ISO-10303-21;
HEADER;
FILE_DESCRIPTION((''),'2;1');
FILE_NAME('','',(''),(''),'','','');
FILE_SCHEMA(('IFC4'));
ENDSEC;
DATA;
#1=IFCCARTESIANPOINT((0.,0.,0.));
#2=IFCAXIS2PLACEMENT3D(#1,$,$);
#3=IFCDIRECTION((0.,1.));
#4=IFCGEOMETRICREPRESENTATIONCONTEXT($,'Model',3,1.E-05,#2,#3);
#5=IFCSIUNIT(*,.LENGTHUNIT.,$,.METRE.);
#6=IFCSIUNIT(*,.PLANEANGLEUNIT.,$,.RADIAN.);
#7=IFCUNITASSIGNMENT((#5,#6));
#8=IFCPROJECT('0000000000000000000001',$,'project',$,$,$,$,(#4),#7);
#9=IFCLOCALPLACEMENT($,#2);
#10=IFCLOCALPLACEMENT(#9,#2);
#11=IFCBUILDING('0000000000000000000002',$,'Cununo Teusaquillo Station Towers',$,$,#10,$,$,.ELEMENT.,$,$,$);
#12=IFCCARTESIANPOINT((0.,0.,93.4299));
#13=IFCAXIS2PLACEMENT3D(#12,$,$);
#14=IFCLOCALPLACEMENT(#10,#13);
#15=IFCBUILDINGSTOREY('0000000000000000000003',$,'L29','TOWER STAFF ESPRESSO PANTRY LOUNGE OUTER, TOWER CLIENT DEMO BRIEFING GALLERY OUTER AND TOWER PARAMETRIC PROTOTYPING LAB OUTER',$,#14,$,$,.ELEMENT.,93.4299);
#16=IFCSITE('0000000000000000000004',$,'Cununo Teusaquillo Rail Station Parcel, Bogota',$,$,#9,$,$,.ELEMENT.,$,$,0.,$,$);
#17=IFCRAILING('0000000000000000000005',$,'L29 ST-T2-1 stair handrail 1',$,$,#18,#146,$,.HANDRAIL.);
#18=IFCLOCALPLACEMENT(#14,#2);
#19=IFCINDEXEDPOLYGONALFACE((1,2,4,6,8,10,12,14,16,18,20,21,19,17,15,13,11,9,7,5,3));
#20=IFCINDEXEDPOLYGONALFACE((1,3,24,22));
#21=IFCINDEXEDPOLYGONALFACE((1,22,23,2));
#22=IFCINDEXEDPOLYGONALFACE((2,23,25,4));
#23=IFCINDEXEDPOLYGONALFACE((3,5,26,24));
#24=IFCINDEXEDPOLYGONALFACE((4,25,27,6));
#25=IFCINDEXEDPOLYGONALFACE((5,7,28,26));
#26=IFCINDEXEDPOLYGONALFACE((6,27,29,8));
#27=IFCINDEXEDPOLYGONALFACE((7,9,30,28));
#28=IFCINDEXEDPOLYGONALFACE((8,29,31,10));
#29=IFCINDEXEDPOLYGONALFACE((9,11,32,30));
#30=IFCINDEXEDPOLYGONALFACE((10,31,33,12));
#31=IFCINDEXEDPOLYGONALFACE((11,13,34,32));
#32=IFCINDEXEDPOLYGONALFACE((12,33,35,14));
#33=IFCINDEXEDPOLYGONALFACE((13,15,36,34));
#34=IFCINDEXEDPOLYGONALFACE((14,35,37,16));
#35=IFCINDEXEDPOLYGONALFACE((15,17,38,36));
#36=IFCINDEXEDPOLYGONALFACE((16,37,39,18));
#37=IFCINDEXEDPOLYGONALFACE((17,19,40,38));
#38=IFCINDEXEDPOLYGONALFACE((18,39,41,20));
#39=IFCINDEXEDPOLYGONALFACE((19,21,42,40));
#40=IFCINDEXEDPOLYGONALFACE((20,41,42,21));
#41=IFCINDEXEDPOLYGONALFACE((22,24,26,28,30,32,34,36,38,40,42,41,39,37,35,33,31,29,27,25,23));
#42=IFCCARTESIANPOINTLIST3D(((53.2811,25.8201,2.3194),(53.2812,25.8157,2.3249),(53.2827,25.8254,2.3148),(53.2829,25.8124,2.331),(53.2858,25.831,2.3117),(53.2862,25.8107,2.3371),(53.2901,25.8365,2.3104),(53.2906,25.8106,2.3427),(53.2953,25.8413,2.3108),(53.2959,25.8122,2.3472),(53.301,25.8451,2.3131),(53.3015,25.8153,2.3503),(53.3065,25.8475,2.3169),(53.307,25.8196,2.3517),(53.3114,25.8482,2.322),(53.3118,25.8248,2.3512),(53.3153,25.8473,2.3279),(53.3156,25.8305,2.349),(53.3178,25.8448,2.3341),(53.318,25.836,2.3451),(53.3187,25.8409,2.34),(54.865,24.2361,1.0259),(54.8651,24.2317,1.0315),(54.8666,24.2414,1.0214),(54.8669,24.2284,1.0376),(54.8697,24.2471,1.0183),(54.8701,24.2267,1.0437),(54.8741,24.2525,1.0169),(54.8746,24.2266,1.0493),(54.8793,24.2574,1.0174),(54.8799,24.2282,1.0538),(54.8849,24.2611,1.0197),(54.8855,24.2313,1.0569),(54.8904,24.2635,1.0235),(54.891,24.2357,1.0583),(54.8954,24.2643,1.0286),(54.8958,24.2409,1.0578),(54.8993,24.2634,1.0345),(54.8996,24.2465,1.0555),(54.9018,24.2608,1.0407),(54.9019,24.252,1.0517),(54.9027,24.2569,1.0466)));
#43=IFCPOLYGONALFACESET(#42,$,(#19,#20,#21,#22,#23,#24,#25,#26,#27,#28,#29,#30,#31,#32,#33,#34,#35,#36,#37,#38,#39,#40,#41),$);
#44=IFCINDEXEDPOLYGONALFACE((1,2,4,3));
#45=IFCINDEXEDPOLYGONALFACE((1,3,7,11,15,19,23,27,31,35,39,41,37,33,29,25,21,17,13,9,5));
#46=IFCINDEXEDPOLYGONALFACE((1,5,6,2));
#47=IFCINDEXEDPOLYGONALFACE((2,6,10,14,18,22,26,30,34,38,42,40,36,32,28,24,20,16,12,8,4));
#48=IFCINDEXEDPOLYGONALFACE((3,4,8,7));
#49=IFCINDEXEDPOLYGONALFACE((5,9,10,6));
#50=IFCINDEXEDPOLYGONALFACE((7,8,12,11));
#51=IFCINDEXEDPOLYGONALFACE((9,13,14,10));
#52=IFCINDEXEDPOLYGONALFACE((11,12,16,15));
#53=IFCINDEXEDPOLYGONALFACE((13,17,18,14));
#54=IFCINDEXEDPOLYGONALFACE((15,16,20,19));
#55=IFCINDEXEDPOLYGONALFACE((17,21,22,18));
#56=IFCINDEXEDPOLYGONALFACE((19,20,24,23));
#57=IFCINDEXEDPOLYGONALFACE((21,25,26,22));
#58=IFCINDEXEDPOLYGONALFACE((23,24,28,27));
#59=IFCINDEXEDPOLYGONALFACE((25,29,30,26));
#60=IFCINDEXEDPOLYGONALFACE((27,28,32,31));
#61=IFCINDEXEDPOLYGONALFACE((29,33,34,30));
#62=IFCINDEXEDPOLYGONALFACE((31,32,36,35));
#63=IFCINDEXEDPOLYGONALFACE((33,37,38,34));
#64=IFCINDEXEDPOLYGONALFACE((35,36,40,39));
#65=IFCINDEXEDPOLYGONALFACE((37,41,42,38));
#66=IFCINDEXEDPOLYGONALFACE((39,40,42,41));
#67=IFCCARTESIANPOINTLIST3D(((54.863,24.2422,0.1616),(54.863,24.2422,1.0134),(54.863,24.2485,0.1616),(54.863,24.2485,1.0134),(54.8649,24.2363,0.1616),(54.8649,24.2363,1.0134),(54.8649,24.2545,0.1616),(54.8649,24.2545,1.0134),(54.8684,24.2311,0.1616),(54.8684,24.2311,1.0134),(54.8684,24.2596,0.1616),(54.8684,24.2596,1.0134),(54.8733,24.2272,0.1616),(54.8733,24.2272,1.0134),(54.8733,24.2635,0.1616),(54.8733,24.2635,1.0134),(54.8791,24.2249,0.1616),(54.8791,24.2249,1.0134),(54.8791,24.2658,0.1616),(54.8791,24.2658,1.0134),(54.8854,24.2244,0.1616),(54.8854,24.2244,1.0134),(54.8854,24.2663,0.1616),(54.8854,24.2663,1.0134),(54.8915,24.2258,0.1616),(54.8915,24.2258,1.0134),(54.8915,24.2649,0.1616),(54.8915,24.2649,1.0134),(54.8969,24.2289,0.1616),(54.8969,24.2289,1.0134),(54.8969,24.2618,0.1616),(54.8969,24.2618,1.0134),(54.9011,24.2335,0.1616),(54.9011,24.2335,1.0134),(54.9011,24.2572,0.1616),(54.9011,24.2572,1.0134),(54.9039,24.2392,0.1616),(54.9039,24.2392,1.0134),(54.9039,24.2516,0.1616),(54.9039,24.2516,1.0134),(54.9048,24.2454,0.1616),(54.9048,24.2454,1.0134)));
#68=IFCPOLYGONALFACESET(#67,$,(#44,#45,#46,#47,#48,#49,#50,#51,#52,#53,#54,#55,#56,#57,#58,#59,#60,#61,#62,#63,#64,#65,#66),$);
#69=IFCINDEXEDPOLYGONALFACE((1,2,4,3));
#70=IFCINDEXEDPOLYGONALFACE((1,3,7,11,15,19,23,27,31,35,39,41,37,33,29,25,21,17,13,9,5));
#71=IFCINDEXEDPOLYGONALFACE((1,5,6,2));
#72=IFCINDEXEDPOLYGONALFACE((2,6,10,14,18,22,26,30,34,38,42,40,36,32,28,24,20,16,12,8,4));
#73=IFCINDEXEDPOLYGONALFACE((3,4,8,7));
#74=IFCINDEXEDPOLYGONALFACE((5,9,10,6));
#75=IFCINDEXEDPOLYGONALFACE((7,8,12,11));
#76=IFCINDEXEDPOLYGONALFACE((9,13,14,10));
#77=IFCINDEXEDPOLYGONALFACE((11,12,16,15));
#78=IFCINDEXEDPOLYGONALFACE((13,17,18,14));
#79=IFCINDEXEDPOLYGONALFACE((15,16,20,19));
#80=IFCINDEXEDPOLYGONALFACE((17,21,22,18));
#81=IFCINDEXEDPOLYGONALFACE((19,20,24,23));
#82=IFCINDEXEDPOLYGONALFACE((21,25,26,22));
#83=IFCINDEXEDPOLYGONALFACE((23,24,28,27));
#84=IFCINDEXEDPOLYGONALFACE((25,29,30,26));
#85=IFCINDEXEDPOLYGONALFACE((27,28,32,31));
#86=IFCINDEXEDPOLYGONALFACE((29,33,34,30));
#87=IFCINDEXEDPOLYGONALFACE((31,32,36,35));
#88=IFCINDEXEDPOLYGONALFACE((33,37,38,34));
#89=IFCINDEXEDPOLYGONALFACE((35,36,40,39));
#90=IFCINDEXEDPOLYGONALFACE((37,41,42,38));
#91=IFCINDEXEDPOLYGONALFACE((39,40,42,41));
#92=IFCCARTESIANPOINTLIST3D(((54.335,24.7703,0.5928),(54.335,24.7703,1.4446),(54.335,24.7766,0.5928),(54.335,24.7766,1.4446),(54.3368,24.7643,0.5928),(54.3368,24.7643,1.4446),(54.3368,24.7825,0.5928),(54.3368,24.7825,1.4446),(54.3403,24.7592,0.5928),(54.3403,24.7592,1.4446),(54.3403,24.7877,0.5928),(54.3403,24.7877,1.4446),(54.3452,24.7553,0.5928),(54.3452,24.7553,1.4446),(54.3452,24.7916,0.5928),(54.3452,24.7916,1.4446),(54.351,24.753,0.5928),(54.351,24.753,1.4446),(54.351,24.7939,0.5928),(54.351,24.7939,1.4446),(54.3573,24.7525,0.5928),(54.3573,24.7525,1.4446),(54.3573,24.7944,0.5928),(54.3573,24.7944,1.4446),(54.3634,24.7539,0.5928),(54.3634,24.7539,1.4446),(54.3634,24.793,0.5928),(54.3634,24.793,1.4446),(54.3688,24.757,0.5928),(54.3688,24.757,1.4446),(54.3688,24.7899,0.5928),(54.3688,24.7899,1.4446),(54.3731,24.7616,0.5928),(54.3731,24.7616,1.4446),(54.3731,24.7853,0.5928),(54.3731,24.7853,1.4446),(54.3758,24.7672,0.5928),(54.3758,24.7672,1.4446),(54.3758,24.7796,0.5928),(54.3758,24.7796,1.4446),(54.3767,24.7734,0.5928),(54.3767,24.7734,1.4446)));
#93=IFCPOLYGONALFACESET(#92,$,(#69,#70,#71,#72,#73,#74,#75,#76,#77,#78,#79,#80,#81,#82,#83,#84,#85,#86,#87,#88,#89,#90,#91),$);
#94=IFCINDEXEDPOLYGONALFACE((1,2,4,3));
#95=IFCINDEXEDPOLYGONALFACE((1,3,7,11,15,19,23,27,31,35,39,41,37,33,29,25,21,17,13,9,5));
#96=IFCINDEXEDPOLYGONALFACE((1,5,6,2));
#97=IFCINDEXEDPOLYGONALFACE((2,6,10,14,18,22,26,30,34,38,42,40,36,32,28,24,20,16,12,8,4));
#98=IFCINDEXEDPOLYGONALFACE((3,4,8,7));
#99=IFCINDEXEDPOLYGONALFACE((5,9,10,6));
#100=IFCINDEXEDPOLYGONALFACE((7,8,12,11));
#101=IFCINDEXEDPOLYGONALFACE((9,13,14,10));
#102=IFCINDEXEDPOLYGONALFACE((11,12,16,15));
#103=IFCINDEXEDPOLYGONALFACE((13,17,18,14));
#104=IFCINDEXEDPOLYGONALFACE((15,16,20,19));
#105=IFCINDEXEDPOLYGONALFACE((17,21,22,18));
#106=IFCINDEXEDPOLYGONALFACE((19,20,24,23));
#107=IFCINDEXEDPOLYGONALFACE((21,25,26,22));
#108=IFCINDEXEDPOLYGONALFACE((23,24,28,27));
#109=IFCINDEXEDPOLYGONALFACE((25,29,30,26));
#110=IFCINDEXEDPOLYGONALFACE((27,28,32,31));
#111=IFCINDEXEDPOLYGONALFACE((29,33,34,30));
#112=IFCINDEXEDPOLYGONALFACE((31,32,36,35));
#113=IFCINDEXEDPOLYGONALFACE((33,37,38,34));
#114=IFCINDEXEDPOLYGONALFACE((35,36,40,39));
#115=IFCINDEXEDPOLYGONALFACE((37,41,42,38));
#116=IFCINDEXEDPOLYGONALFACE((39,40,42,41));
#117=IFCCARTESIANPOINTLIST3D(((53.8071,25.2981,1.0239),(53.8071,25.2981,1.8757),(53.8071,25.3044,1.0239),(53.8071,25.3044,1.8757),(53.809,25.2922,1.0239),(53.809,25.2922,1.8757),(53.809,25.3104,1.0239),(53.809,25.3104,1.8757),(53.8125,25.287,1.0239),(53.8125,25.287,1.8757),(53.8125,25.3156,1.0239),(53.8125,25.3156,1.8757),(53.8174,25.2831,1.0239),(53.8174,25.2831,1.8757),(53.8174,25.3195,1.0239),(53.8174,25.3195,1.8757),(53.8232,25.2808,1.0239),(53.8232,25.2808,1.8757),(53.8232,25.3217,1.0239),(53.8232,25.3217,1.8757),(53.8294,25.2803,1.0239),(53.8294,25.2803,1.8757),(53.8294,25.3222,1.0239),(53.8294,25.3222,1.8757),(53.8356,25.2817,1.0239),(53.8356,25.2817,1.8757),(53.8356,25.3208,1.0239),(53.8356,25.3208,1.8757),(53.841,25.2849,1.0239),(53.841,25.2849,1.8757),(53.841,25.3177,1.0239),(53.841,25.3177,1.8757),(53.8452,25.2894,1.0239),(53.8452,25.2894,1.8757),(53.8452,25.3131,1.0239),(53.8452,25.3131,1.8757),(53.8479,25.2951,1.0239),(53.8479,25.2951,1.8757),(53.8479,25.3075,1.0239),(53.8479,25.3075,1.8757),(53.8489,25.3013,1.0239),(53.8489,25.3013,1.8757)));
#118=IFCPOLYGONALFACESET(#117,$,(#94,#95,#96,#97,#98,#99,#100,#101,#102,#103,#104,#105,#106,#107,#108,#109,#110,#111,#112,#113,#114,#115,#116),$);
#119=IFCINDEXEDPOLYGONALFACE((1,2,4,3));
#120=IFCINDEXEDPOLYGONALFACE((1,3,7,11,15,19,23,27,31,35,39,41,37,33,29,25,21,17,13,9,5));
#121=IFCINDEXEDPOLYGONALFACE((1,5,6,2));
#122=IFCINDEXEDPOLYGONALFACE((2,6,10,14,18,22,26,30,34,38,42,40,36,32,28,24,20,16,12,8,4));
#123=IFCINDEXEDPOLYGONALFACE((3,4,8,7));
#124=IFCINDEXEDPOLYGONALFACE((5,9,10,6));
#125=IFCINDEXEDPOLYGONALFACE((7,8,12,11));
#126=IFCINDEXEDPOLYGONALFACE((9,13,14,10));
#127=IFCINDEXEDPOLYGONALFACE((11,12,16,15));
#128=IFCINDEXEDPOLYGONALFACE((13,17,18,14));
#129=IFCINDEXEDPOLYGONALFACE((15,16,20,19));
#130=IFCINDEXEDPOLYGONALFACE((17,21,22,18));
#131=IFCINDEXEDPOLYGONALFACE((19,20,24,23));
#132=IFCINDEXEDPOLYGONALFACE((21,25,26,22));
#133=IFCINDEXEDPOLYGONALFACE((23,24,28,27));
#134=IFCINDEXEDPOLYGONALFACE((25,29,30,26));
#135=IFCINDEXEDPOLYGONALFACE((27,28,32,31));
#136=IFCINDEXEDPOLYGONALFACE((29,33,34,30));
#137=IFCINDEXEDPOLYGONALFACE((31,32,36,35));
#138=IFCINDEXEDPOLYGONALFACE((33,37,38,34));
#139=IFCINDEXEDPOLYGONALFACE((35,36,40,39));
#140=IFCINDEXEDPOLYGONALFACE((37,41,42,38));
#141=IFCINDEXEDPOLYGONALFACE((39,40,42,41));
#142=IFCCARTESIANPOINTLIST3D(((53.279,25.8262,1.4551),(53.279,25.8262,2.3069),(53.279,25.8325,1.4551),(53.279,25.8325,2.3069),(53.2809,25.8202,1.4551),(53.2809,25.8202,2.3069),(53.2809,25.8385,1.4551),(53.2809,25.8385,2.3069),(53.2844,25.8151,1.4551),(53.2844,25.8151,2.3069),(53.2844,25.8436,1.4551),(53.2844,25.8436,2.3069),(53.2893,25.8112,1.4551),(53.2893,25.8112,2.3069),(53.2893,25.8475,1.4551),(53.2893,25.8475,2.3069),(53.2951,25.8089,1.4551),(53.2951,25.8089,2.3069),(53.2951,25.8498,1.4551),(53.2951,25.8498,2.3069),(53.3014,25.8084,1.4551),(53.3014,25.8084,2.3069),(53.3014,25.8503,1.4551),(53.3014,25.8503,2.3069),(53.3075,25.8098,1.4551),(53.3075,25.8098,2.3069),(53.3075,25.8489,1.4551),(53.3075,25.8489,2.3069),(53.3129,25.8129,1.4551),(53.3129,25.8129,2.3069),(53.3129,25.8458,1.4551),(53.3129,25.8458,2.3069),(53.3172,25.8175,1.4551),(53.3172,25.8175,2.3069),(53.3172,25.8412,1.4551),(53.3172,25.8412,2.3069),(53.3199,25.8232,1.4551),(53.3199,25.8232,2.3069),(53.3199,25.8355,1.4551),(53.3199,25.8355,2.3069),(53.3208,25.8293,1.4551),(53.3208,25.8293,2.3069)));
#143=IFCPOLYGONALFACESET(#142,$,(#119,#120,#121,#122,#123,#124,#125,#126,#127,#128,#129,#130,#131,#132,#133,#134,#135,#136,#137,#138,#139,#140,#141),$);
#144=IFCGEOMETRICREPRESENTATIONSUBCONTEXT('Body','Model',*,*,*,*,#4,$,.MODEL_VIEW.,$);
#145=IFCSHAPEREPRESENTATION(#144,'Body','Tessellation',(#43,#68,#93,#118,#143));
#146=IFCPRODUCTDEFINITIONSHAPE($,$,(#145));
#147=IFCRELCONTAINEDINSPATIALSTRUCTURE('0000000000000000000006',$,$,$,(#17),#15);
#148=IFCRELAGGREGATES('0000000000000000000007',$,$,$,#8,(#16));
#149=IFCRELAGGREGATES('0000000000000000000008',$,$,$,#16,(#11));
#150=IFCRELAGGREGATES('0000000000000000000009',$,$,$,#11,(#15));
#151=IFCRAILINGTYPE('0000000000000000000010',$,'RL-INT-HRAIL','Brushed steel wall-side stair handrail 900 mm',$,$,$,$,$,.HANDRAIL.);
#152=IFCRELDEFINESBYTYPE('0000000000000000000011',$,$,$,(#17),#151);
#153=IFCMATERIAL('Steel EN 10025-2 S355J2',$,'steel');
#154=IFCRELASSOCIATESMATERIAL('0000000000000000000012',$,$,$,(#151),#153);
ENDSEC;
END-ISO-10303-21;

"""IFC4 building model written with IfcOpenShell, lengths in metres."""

from ifc_helpers import new_model, si_unit, direction, frame, origin, origin_2d, place, context, subcontext, project, spatial, circle, extrude, material, type_object, element, save


model = new_model("IFC4")

# Units and contexts
model_context = context("Model", 3, precision=1e-05, world=origin(), true_north=direction((0.0, 1.0)))
body_context = subcontext(model_context, "Body", "Model", "MODEL_VIEW")
ifc_project = project(units=[si_unit("LENGTHUNIT", "METRE"), si_unit("PLANEANGLEUNIT", "RADIAN")], contexts=[model_context])

# Site, building, storey
site_placement = place(None, origin())
site = spatial("IfcSite", under=ifc_project, at=site_placement, Name="Cununo Teusaquillo Rail Station Parcel, Bogota", CompositionType="ELEMENT", RefElevation=0.0)
building_placement = place(site_placement, origin())
building = spatial("IfcBuilding", under=site, at=building_placement, Name="Cununo Teusaquillo Station Towers", CompositionType="ELEMENT")
storey_placement = place(building_placement, frame((0.0, 0.0, 93.4299)))
storey = spatial("IfcBuildingStorey", under=building, at=storey_placement, Name="L29", Description="TOWER STAFF ESPRESSO PANTRY LOUNGE OUTER, TOWER CLIENT DEMO BRIEFING GALLERY OUTER AND TOWER PARAMETRIC PROTOTYPING LAB OUTER", CompositionType="ELEMENT", Elevation=93.4299)

# Railing
ifc_material_1 = material(Name="Steel EN 10025-2 S355J2", Category="steel")
railing_type_1 = type_object("IfcRailingType", Name="RL-INT-HRAIL", Description="Brushed steel wall-side stair handrail 900 mm", PredefinedType="HANDRAIL", material=ifc_material_1)
railing_1_placement = place(storey_placement, frame((54.8838, 24.2454, 0.1616)))
element("IfcRailing", 1, at=railing_1_placement, inside=storey, type_object=railing_type_1, Name="L29 ST-T2-1 stair handrail 1", PredefinedType="HANDRAIL", context=body_context, shape_type="SweptSolid", body=[
    extrude(circle(Radius=0.0239, at=origin_2d()), frame((0.0, 0.0, 0.876), z_axis=(-0.612356, 0.612356, 0.50004), x_axis=(-0.707107, -0.707107, 0.0)), (0.0, 0.0, 1.0), 2.5867),
    extrude(circle(Radius=0.021, at=origin_2d()), origin(), (0.0, 0.0, 1.0), 0.8518),
    extrude(circle(Radius=0.021, at=origin_2d()), frame((-0.5281, 0.5281, 0.4312)), (0.0, 0.0, 1.0), 0.8518),
    extrude(circle(Radius=0.021, at=origin_2d()), frame((-1.0559, 1.0559, 0.8623)), (0.0, 0.0, 1.0), 0.8518),
    extrude(circle(Radius=0.021, at=origin_2d()), frame((-1.584, 1.584, 1.2935)), (0.0, 0.0, 1.0), 0.8518),
])

save(model, "model.ifc")
